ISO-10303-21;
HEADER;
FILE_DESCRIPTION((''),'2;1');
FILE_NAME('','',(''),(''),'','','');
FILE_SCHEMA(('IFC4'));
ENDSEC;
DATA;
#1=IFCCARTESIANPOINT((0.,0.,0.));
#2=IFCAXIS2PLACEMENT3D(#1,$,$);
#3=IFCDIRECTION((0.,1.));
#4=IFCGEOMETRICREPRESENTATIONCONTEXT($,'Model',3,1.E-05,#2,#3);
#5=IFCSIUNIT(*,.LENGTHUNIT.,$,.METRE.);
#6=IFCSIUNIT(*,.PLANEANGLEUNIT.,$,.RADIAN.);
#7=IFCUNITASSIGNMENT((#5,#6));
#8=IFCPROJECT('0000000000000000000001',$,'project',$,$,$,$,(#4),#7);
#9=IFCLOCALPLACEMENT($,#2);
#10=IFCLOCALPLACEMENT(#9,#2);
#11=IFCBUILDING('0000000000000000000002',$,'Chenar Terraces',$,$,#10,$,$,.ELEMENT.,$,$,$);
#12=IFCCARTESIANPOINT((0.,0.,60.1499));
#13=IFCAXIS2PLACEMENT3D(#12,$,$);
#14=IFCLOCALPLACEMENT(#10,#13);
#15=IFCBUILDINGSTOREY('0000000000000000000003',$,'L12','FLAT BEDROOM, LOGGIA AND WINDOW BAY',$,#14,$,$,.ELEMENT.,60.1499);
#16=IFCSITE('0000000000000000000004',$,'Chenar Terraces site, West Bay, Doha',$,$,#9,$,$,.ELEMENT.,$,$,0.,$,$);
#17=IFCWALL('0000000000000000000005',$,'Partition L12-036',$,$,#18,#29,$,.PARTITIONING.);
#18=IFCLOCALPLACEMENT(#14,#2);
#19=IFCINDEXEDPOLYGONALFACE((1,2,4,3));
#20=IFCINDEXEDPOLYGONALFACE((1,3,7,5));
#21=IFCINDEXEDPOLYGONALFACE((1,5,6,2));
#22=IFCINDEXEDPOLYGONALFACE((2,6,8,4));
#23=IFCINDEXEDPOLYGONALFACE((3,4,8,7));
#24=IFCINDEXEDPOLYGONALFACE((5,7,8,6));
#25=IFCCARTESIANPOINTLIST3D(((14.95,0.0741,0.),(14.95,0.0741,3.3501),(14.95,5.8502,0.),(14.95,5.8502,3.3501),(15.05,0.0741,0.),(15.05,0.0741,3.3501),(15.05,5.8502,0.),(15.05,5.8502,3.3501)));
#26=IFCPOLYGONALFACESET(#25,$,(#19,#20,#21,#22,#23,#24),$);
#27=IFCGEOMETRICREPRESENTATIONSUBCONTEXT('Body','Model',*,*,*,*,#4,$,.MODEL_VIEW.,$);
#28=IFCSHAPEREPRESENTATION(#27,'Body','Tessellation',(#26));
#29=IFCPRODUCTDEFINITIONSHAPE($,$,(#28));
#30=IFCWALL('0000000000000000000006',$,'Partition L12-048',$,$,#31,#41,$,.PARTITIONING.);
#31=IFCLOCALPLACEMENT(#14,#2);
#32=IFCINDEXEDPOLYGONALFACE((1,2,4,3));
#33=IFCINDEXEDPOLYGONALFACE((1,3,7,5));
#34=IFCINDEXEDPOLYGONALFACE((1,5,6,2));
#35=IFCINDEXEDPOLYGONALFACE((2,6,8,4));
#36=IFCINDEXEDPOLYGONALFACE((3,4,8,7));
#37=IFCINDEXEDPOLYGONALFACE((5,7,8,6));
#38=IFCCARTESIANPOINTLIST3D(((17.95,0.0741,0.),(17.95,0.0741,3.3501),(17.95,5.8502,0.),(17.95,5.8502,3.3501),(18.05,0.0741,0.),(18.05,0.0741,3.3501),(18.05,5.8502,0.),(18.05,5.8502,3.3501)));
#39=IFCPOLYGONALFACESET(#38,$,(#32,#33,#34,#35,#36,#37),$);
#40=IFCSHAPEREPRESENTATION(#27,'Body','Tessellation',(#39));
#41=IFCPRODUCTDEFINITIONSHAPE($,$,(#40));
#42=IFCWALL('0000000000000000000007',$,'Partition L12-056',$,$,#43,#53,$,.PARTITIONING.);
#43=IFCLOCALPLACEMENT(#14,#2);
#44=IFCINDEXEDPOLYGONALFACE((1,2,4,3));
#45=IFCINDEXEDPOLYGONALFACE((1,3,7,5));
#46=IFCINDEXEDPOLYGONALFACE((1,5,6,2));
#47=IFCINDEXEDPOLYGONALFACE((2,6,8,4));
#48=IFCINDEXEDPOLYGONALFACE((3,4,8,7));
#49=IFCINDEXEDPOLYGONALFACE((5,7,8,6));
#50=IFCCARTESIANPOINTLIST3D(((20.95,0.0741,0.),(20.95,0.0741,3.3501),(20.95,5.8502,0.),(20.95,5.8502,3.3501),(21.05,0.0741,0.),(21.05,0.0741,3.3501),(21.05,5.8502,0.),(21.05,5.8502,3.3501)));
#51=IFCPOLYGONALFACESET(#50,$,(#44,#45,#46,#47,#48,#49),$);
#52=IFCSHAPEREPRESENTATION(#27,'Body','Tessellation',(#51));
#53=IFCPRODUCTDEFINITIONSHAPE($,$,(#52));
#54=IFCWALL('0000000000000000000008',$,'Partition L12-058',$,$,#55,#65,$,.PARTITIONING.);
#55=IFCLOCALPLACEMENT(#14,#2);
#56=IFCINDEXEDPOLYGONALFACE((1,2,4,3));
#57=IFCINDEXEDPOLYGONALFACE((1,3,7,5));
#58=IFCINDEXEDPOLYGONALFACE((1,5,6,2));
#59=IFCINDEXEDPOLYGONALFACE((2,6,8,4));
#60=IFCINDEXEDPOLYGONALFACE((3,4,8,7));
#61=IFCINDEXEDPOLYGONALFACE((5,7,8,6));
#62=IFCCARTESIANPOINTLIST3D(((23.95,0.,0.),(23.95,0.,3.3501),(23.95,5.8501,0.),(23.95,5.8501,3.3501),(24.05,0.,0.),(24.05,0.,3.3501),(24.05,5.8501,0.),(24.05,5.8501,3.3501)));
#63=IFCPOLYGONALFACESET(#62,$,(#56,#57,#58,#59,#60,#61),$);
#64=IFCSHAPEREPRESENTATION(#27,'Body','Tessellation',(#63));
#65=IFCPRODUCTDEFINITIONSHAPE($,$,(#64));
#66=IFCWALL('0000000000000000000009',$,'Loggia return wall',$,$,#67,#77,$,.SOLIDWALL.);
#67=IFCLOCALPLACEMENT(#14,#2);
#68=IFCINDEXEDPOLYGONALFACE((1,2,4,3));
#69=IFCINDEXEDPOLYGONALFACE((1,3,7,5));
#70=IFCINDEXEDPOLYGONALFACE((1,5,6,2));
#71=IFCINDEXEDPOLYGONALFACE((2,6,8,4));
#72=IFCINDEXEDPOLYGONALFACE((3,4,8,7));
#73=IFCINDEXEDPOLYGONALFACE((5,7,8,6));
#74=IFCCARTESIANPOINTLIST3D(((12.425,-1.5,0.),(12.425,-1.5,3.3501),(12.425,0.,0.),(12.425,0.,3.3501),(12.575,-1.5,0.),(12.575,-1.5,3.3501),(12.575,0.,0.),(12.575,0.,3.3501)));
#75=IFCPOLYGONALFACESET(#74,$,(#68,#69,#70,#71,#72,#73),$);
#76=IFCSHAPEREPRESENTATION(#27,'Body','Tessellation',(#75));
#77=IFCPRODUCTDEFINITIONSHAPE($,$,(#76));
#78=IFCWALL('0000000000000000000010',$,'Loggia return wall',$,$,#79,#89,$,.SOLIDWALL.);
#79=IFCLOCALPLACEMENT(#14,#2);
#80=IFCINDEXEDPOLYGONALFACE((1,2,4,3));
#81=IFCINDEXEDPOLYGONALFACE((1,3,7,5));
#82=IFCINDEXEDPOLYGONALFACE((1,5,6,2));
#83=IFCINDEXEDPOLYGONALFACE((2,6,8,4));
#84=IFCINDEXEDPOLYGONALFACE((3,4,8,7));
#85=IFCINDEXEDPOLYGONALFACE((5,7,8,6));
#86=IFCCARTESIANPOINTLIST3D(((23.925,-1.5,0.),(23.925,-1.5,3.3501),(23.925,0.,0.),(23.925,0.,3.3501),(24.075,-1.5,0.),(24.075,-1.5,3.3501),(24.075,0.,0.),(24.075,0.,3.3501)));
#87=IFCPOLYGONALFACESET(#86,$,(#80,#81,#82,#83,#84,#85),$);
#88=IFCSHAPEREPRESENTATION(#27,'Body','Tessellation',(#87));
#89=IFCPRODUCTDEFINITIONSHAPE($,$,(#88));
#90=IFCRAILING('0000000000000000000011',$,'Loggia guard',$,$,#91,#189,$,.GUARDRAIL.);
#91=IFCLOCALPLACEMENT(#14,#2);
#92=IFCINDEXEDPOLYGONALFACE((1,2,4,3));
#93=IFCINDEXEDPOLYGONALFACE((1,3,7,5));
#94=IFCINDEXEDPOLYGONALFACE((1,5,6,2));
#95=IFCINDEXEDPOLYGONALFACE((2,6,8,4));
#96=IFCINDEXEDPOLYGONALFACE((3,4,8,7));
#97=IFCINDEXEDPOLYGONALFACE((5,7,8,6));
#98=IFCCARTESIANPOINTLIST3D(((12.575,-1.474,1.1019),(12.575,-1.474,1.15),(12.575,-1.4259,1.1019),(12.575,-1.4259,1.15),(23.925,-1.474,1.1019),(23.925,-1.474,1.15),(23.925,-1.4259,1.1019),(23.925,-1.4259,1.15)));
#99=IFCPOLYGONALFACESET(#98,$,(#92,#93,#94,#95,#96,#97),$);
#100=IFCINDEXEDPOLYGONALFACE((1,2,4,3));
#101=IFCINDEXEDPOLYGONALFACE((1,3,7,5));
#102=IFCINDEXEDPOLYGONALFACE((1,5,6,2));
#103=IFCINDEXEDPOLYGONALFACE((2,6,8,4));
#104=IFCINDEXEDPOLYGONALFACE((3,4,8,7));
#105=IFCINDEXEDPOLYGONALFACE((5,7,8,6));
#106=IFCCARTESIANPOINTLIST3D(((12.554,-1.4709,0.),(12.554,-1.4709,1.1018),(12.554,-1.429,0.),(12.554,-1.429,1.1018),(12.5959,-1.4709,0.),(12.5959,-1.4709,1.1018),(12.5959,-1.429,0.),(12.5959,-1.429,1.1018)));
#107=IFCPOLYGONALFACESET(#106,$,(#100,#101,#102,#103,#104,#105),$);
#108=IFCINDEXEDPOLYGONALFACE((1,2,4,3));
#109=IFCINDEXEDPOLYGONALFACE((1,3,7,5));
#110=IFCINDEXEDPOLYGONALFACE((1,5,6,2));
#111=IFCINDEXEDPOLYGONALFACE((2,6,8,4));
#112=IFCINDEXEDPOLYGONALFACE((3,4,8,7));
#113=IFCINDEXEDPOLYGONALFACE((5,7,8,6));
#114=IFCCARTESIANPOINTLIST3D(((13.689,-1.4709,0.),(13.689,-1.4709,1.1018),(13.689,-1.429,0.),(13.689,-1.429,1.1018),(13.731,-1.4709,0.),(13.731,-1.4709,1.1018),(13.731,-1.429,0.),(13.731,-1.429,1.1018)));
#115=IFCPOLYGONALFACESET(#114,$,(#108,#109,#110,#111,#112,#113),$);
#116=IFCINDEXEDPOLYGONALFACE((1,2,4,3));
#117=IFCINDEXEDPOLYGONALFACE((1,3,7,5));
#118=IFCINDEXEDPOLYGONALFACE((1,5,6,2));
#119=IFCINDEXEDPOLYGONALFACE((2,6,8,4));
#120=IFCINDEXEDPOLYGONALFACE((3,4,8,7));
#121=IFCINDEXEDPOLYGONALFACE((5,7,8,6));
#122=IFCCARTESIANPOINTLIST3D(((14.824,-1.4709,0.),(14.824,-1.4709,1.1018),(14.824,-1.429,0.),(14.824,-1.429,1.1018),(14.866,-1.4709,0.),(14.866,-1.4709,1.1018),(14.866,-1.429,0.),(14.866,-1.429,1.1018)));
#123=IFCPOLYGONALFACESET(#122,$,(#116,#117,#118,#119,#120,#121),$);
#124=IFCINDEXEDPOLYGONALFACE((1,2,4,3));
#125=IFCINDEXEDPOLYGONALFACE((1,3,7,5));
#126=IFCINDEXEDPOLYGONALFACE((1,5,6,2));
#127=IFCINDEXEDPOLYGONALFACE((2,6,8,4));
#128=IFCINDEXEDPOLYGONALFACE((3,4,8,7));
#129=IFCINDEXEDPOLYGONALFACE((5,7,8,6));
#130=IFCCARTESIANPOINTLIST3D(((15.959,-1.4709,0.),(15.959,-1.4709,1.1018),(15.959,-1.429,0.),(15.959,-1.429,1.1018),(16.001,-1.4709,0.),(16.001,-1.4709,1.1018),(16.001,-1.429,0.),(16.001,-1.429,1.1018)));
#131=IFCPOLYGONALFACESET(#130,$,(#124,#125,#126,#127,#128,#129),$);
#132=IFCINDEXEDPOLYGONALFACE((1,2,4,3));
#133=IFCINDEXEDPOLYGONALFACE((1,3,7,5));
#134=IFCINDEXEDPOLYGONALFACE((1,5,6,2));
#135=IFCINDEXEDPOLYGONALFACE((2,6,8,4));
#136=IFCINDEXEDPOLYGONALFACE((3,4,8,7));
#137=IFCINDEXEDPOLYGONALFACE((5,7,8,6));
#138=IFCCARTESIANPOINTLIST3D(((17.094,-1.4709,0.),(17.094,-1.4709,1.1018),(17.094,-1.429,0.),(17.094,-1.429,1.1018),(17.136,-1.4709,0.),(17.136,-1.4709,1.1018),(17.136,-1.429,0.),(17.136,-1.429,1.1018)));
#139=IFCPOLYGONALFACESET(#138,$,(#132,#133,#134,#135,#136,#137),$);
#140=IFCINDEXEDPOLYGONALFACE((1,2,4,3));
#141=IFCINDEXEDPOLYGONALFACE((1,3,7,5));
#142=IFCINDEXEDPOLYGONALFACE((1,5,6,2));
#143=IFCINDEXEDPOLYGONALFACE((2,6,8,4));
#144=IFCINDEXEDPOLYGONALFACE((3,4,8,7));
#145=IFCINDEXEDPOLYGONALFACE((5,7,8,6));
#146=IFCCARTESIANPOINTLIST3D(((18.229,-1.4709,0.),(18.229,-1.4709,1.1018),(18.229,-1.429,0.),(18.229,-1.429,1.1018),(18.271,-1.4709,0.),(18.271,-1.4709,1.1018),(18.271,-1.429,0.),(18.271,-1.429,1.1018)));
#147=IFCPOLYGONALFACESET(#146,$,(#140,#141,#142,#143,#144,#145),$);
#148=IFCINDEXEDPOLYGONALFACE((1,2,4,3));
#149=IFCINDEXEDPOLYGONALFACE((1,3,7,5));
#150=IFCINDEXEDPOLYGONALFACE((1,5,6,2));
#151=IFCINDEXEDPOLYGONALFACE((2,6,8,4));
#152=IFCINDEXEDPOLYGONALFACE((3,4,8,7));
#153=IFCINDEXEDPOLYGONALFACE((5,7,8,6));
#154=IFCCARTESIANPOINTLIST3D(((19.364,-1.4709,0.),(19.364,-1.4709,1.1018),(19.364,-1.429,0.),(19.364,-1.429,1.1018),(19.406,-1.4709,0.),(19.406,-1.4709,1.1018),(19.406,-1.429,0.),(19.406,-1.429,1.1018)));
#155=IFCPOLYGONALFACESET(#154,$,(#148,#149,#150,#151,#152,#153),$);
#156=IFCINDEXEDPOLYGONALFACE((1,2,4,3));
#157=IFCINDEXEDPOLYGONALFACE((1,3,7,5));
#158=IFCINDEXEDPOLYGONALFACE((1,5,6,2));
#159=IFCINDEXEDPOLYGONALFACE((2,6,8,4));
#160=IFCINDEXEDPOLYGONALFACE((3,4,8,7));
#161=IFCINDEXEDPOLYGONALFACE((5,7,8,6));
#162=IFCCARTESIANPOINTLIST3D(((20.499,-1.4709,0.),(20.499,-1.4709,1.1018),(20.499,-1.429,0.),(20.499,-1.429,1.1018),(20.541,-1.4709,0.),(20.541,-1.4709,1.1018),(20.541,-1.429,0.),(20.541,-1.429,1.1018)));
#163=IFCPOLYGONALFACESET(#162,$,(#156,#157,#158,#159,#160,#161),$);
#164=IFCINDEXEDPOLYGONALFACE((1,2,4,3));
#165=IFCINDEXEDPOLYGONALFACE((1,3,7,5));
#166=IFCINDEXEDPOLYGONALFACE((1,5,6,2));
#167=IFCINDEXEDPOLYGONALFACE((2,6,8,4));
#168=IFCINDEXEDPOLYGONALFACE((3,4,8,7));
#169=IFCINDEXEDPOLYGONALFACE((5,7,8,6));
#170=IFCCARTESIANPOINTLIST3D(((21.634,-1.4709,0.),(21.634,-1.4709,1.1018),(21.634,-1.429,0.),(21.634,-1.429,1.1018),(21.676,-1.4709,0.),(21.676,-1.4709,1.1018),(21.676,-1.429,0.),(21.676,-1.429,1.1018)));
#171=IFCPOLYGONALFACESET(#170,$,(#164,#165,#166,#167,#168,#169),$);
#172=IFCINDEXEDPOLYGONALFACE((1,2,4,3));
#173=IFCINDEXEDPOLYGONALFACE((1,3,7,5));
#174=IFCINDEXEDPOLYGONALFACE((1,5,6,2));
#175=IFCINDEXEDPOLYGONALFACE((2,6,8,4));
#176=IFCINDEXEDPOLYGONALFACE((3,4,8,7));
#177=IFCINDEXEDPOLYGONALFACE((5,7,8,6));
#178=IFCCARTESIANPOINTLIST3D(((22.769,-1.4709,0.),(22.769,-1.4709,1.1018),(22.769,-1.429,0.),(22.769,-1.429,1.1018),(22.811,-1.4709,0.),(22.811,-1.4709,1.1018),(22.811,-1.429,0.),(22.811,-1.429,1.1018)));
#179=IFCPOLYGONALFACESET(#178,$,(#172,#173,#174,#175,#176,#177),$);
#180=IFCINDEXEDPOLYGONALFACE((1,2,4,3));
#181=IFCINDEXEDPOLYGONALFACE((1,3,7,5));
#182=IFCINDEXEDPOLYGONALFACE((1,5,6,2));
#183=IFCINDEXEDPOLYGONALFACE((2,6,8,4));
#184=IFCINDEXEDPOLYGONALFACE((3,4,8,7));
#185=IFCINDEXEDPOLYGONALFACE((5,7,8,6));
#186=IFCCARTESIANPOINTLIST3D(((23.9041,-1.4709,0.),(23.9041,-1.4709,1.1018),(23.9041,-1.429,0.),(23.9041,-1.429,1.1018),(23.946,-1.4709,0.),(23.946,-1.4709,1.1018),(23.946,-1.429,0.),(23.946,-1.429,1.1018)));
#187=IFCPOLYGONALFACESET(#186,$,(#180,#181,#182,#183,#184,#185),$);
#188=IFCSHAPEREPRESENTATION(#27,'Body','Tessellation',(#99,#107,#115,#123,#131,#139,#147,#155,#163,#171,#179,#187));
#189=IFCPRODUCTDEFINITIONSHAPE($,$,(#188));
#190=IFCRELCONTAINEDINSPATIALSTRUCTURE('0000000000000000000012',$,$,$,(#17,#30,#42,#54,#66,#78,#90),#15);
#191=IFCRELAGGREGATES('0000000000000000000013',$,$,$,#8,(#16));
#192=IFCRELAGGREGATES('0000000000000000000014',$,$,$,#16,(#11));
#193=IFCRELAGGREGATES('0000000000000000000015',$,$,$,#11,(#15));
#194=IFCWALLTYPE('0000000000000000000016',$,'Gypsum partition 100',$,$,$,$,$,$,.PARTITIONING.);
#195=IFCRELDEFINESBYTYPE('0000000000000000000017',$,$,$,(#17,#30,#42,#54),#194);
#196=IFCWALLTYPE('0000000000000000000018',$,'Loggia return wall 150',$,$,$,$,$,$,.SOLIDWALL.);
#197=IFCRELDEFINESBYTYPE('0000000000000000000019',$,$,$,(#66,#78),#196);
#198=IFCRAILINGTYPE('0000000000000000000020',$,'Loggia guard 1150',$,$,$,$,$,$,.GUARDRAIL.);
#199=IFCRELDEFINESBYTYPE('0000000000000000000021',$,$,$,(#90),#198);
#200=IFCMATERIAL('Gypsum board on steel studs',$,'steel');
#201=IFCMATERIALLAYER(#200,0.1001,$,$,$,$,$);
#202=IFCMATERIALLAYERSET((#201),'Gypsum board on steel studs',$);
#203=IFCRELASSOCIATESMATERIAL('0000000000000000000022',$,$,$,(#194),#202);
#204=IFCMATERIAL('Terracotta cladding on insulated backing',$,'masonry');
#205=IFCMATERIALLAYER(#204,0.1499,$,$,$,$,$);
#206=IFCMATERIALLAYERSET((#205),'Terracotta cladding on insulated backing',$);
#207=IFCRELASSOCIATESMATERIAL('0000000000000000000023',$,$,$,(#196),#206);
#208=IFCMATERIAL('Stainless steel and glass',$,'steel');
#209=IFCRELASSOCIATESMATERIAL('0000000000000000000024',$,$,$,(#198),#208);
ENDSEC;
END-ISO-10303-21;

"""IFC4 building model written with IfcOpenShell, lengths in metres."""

from ifc_helpers import new_model, si_unit, direction, frame, frame_2d, origin, origin_2d, place, context, subcontext, project, spatial, rectangle, extrude, material, layer, layer_set, type_object, element, save


model = new_model("IFC4")

# Units and contexts
model_context = context("Model", 3, precision=1e-05, world=origin(), true_north=direction((0.0, 1.0)))
body_context = subcontext(model_context, "Body", "Model", "MODEL_VIEW")
ifc_project = project(units=[si_unit("LENGTHUNIT", "METRE"), si_unit("PLANEANGLEUNIT", "RADIAN")], contexts=[model_context])

# Site, building, storey
site_placement = place(None, origin())
site = spatial("IfcSite", under=ifc_project, at=site_placement, Name="Chenar Terraces site, West Bay, Doha", CompositionType="ELEMENT", RefElevation=0.0)
building_placement = place(site_placement, origin())
building = spatial("IfcBuilding", under=site, at=building_placement, Name="Chenar Terraces", CompositionType="ELEMENT")
storey_placement = place(building_placement, frame((0.0, 0.0, 60.1499)))
storey = spatial("IfcBuildingStorey", under=building, at=storey_placement, Name="L12", Description="FLAT BEDROOM, LOGGIA AND WINDOW BAY", CompositionType="ELEMENT", Elevation=60.1499)

# Walls
ifc_material_1 = material(Name="Gypsum board on steel studs", Category="steel")
ifc_layer_1 = layer(ifc_material_1, 0.1001)
ifc_layer_set_1 = layer_set([ifc_layer_1], Name="Gypsum board on steel studs")
wall_type_1 = type_object("IfcWallType", Name="Gypsum partition 100", PredefinedType="PARTITIONING", material=ifc_layer_set_1)
for number, where, z_axis, x_axis, name in (
    (1, (15.0, 0.074, 0.0), (0.0, 0.0, 1.0), (0.0, 1.0, 0.0), "Partition L12-036"),
    (2, (18.0, 0.074, 0.0), (0.0, 0.0, 1.0), (0.0, 1.0, 0.0), "Partition L12-048"),
    (3, (21.0, 0.074, 0.0), (0.0, 0.0, 1.0), (0.0, 1.0, 0.0), "Partition L12-056"),
):
    element("IfcWall", number, at=place(storey_placement, frame(where, z_axis=z_axis, x_axis=x_axis)), inside=storey, type_object=wall_type_1, Name=name, PredefinedType="PARTITIONING", context=body_context, shape_type="SweptSolid", body=[
        extrude(rectangle(XDim=5.7761, YDim=0.1001, at=frame_2d((2.8882, 0.0))), origin(), (0.0, 0.0, 1.0), 3.3501),
    ])
wall_1_placement = place(storey_placement, frame((24.0, 0.0, 0.0), z_axis=(0.0, 0.0, 1.0), x_axis=(0.0, 1.0, 0.0)))
element("IfcWall", 4, at=wall_1_placement, inside=storey, type_object=wall_type_1, Name="Partition L12-058", PredefinedType="PARTITIONING", context=body_context, shape_type="SweptSolid", body=[
    extrude(rectangle(XDim=5.8501, YDim=0.1001, at=frame_2d((2.925, 0.0))), origin(), (0.0, 0.0, 1.0), 3.3501),
])
ifc_material_2 = material(Name="Terracotta cladding on insulated backing", Category="masonry")
ifc_layer_2 = layer(ifc_material_2, 0.1499)
ifc_layer_set_2 = layer_set([ifc_layer_2], Name="Terracotta cladding on insulated backing")
wall_type_2 = type_object("IfcWallType", Name="Loggia return wall 150", PredefinedType="SOLIDWALL", material=ifc_layer_set_2)
for number, where, z_axis, x_axis, name in (
    (5, (12.5, -1.5, 0.0), (0.0, 0.0, 1.0), (0.0, 1.0, 0.0), "Loggia return wall"),
    (6, (24.0, -1.5, 0.0), (0.0, 0.0, 1.0), (0.0, 1.0, 0.0), "Loggia return wall"),
):
    element("IfcWall", number, at=place(storey_placement, frame(where, z_axis=z_axis, x_axis=x_axis)), inside=storey, type_object=wall_type_2, Name=name, PredefinedType="SOLIDWALL", context=body_context, shape_type="SweptSolid", body=[
        extrude(rectangle(XDim=1.5, YDim=0.1499, at=frame_2d((0.75, 0.0))), origin(), (0.0, 0.0, 1.0), 3.3501),
    ])

# Railing
ifc_material_3 = material(Name="Stainless steel and glass", Category="steel")
railing_type = type_object("IfcRailingType", Name="Loggia guard 1150", PredefinedType="GUARDRAIL", material=ifc_material_3)
railing_placement = place(storey_placement, frame((12.575, -1.45, 0.0)))
element("IfcRailing", 7, at=railing_placement, inside=storey, type_object=railing_type, Name="Loggia guard", PredefinedType="GUARDRAIL", context=body_context, shape_type="SweptSolid", body=[
    extrude(rectangle(XDim=0.0481, YDim=0.0481, at=origin_2d()), frame((0.0, 0.0, 1.126), z_axis=(1.0, 0.0, 0.0), x_axis=(0.0, 1.0, 0.0)), (0.0, 0.0, 1.0), 11.3501),
    extrude(rectangle(XDim=0.042, YDim=0.042, at=origin_2d()), origin(), (0.0, 0.0, 1.0), 1.1018),
    extrude(rectangle(XDim=0.042, YDim=0.042, at=origin_2d()), frame((1.135, 0.0, 0.0)), (0.0, 0.0, 1.0), 1.1018),
    extrude(rectangle(XDim=0.042, YDim=0.042, at=origin_2d()), frame((2.27, 0.0, 0.0)), (0.0, 0.0, 1.0), 1.1018),
    extrude(rectangle(XDim=0.042, YDim=0.042, at=origin_2d()), frame((3.405, 0.0, 0.0)), (0.0, 0.0, 1.0), 1.1018),
    extrude(rectangle(XDim=0.042, YDim=0.042, at=origin_2d()), frame((4.54, 0.0, 0.0)), (0.0, 0.0, 1.0), 1.1018),
    extrude(rectangle(XDim=0.042, YDim=0.042, at=origin_2d()), frame((5.675, 0.0, 0.0)), (0.0, 0.0, 1.0), 1.1018),
    extrude(rectangle(XDim=0.042, YDim=0.042, at=origin_2d()), frame((6.8101, 0.0, 0.0)), (0.0, 0.0, 1.0), 1.1018),
    extrude(rectangle(XDim=0.042, YDim=0.042, at=origin_2d()), frame((7.9451, 0.0, 0.0)), (0.0, 0.0, 1.0), 1.1018),
    extrude(rectangle(XDim=0.042, YDim=0.042, at=origin_2d()), frame((9.0801, 0.0, 0.0)), (0.0, 0.0, 1.0), 1.1018),
    extrude(rectangle(XDim=0.042, YDim=0.042, at=origin_2d()), frame((10.2151, 0.0, 0.0)), (0.0, 0.0, 1.0), 1.1018),
    extrude(rectangle(XDim=0.042, YDim=0.042, at=origin_2d()), frame((11.3501, 0.0, 0.0)), (0.0, 0.0, 1.0), 1.1018),
])

save(model, "model.ifc")
